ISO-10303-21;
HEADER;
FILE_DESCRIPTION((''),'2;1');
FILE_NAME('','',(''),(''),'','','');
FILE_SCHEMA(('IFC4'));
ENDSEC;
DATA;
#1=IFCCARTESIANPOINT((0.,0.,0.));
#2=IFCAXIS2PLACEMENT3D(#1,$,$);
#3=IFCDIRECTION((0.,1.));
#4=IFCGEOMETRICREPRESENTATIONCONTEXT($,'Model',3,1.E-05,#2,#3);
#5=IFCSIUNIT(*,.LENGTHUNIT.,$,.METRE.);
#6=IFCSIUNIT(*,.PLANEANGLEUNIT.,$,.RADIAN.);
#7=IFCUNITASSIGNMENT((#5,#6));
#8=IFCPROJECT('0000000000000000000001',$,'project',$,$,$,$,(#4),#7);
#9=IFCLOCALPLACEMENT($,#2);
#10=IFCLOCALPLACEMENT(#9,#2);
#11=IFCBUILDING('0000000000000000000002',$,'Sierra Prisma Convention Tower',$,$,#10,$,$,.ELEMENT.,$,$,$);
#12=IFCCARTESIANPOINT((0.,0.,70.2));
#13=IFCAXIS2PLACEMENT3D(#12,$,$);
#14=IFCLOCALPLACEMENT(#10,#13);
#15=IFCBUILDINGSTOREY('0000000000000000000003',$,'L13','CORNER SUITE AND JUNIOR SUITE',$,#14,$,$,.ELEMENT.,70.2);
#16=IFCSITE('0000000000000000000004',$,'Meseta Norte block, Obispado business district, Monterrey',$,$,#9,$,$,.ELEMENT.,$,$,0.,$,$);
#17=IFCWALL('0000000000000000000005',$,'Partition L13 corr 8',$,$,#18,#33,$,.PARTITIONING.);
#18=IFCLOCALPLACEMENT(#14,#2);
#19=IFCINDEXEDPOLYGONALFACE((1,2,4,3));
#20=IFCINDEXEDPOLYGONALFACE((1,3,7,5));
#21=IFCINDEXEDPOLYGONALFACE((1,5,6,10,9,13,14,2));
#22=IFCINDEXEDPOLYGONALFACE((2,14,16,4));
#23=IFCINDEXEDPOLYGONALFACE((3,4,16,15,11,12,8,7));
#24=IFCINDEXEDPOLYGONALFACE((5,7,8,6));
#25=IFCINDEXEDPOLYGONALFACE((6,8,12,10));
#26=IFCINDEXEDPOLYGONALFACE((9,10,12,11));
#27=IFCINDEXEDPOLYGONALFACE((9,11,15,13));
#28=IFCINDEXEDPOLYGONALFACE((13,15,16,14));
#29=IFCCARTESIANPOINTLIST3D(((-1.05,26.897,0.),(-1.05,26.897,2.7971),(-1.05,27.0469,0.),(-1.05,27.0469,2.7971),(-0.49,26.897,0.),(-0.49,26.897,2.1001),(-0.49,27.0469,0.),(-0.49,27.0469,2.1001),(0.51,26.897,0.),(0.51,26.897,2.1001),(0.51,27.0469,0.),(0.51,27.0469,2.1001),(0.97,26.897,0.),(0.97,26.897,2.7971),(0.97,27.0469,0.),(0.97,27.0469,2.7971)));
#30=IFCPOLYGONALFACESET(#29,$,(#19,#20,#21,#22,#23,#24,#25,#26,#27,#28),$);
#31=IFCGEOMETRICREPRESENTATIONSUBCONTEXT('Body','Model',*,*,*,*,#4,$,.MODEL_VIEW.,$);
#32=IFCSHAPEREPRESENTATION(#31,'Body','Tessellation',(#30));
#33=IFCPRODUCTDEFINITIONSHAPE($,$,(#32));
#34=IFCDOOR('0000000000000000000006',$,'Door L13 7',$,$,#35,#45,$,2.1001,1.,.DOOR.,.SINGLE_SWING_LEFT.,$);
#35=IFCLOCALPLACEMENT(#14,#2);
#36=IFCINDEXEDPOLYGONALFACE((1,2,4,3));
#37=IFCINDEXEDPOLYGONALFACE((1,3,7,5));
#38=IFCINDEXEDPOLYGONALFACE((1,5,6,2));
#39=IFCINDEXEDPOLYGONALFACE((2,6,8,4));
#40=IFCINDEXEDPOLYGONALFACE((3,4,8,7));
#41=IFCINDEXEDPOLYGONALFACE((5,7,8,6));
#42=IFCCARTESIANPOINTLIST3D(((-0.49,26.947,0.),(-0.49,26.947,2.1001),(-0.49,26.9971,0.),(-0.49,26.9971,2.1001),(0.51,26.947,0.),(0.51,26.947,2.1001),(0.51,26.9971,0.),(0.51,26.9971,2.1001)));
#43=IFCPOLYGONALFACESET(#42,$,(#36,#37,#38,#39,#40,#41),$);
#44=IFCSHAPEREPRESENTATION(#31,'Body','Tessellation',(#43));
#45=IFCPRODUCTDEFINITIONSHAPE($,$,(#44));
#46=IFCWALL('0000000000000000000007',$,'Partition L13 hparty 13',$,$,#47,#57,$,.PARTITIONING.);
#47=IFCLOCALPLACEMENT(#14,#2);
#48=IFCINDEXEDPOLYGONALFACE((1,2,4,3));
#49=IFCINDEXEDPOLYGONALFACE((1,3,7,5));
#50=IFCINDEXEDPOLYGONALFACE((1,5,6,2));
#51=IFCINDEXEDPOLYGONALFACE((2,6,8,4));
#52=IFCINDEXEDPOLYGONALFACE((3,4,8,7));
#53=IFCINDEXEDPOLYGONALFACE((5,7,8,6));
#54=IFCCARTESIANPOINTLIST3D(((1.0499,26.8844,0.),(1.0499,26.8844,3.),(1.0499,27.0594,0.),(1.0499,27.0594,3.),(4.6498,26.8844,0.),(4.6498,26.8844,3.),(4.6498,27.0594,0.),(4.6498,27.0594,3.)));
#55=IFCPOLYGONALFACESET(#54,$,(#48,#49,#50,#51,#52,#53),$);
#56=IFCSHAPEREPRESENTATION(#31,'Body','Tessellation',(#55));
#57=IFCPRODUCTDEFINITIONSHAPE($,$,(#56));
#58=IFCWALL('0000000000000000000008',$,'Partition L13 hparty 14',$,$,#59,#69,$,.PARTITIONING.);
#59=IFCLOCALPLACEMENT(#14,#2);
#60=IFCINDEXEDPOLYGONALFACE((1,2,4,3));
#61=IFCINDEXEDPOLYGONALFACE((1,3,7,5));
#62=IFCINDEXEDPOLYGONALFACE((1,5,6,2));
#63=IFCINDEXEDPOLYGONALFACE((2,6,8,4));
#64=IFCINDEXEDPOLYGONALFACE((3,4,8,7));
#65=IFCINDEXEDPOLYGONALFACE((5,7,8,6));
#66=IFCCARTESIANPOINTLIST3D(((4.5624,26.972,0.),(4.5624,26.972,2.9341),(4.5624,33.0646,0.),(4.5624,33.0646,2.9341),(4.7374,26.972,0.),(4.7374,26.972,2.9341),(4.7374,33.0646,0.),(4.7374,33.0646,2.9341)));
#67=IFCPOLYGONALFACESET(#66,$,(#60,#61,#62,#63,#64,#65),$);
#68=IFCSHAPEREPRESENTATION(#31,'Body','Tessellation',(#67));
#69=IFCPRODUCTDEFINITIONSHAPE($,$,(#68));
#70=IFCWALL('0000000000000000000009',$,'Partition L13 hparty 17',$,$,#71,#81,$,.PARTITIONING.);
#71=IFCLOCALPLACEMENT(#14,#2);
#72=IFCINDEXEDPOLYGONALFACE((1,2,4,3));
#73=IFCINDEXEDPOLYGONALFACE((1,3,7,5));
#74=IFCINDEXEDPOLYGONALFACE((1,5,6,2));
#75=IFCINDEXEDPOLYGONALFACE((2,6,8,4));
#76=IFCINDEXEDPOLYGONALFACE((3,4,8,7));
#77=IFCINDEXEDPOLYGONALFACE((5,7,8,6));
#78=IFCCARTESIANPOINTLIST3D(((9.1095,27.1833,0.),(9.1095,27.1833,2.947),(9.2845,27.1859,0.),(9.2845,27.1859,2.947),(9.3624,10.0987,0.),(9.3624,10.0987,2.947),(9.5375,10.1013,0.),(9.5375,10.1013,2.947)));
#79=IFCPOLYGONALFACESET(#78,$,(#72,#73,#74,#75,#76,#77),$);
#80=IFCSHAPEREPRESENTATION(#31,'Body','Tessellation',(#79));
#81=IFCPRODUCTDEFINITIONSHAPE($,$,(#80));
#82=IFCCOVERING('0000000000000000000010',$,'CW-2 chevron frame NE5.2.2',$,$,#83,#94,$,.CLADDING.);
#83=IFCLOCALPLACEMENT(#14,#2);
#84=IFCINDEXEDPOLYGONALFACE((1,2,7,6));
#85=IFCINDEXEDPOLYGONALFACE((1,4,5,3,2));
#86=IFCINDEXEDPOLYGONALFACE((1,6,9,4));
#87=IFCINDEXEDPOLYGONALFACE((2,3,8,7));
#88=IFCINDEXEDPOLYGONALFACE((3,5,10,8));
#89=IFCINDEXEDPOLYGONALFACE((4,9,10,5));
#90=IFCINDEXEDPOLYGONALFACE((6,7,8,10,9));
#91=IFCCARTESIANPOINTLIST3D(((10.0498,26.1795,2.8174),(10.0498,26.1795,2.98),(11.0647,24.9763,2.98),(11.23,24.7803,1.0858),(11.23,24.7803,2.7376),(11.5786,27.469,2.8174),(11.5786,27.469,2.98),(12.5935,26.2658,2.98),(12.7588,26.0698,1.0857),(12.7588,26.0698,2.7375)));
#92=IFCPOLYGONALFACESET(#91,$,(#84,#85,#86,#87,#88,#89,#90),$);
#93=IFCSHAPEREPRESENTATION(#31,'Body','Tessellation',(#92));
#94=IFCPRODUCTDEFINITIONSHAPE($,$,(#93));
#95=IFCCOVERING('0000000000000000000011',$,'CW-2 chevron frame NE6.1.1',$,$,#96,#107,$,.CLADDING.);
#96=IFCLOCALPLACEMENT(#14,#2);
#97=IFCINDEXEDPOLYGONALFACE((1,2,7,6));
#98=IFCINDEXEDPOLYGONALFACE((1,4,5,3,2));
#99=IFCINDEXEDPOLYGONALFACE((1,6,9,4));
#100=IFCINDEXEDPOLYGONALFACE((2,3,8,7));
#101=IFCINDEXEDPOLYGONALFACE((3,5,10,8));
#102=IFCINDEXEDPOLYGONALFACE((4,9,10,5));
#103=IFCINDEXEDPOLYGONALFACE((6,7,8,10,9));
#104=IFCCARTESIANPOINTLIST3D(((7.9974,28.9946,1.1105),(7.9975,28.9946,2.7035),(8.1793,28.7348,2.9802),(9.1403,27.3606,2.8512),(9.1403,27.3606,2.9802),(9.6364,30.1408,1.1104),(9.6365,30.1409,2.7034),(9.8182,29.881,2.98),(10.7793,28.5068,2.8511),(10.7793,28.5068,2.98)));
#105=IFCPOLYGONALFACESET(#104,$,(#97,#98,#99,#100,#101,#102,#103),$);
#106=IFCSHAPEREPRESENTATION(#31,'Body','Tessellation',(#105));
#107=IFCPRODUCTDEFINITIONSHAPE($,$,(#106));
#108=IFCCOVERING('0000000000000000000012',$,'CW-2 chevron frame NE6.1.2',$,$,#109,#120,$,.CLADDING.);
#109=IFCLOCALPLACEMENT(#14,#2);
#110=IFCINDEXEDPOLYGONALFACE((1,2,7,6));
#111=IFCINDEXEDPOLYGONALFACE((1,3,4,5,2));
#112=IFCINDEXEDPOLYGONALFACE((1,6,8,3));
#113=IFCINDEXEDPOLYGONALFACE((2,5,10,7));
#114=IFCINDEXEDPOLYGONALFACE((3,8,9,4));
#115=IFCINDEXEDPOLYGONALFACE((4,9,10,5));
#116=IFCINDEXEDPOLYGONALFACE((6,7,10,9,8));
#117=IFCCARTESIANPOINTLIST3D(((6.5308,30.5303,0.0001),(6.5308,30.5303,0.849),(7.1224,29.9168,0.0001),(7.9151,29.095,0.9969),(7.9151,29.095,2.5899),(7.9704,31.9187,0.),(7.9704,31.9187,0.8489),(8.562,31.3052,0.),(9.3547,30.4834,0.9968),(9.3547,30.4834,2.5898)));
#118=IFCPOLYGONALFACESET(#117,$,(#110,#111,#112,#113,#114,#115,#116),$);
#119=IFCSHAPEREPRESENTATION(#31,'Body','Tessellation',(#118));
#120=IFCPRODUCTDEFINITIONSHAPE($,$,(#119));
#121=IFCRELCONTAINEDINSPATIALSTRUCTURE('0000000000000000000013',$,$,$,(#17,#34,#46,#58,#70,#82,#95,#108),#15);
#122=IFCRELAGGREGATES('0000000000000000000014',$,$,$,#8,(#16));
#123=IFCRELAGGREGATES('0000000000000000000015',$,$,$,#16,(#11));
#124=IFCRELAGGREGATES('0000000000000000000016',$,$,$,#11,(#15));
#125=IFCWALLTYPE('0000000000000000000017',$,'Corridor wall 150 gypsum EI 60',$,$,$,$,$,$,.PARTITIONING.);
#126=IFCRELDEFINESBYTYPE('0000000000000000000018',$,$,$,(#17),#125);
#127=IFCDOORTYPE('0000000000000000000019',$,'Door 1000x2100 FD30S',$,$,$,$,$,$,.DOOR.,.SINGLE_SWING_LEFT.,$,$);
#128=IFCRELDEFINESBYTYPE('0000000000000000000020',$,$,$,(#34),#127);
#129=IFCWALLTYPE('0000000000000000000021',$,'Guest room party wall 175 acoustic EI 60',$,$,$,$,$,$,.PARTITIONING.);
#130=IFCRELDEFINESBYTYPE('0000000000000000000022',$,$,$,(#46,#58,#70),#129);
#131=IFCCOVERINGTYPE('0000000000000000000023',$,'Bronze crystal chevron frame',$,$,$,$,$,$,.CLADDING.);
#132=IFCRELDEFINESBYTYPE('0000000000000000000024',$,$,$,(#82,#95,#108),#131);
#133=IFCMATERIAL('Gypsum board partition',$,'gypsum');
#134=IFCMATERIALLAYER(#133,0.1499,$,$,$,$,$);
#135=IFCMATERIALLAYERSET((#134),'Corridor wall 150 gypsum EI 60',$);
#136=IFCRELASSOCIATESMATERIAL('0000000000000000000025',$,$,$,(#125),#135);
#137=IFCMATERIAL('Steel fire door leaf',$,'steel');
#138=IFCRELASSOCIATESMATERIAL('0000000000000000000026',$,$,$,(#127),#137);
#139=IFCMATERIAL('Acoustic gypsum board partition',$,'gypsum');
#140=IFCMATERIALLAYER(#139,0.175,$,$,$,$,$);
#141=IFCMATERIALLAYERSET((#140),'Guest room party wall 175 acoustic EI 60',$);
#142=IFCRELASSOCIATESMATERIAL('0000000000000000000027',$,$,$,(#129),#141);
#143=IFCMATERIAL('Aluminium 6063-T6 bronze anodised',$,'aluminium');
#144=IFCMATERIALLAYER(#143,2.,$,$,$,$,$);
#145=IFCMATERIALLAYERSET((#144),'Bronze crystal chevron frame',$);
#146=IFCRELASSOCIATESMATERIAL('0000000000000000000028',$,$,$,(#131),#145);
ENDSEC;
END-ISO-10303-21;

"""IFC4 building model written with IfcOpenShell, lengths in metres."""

from ifc_helpers import new_model, si_unit, direction, frame, frame_2d, origin, place, context, subcontext, project, spatial, polyline, rectangle, outline, extrude, material, layer, layer_set, type_object, element, fill, save


model = new_model("IFC4")

# Units and contexts
model_context = context("Model", 3, precision=1e-05, world=origin(), true_north=direction((0.0, 1.0)))
body_context = subcontext(model_context, "Body", "Model", "MODEL_VIEW")
ifc_project = project(units=[si_unit("LENGTHUNIT", "METRE"), si_unit("PLANEANGLEUNIT", "RADIAN")], contexts=[model_context])

# Site, building, storey
site_placement = place(None, origin())
site = spatial("IfcSite", under=ifc_project, at=site_placement, Name="Meseta Norte block, Obispado business district, Monterrey", CompositionType="ELEMENT", RefElevation=0.0)
building_placement = place(site_placement, origin())
building = spatial("IfcBuilding", under=site, at=building_placement, Name="Sierra Prisma Convention Tower", CompositionType="ELEMENT")
storey_placement = place(building_placement, frame((0.0, 0.0, 70.2)))
storey = spatial("IfcBuildingStorey", under=building, at=storey_placement, Name="L13", Description="CORNER SUITE AND JUNIOR SUITE", CompositionType="ELEMENT", Elevation=70.2)

# Wall, opening, door
ifc_material_1 = material(Name="Gypsum board partition", Category="gypsum")
ifc_layer_1 = layer(ifc_material_1, 0.1499)
ifc_layer_set_1 = layer_set([ifc_layer_1], Name="Corridor wall 150 gypsum EI 60")
wall_type_1 = type_object("IfcWallType", Name="Corridor wall 150 gypsum EI 60", PredefinedType="PARTITIONING", material=ifc_layer_set_1)
wall_1_placement = place(storey_placement, frame((0.97, 26.9719, 0.0), z_axis=(0.0, 0.0, 1.0), x_axis=(-1.0, 0.0, 0.0)))
wall_1 = element("IfcWall", 1, at=wall_1_placement, inside=storey, type_object=wall_type_1, Name="Partition L13 corr 8", PredefinedType="PARTITIONING", context=body_context, shape_type="SweptSolid", body=[
    extrude(rectangle(XDim=2.02, YDim=0.1499, at=frame_2d((1.01, 0.0))), origin(), (0.0, 0.0, 1.0), 2.7971),
])
opening_placement = place(wall_1_placement, frame((0.46, 0.0, 0.0)))
opening = element("IfcOpeningElement", 2, at=opening_placement, cuts=wall_1, PredefinedType="OPENING", context=body_context, shape_type="SweptSolid", body=[
    extrude(rectangle(XDim=1.0, YDim=2.1001, at=frame_2d((0.5, 1.05))), frame((0.0, 0.075, 0.0), z_axis=(0.0, -1.0, 0.0), x_axis=(1.0, 0.0, 0.0)), (0.0, 0.0, 1.0), 0.1499),
])
ifc_material_2 = material(Name="Steel fire door leaf", Category="steel")
door_type = type_object("IfcDoorType", Name="Door 1000x2100 FD30S", OperationType="SINGLE_SWING_LEFT", PredefinedType="DOOR", material=ifc_material_2)
door_placement = place(opening_placement, origin())
door = element("IfcDoor", 3, at=door_placement, inside=storey, type_object=door_type, Name="Door L13 7", OperationType="SINGLE_SWING_LEFT", OverallHeight=2.1001, OverallWidth=1.0, PredefinedType="DOOR", context=body_context, shape_type="SweptSolid", body=[
    extrude(rectangle(XDim=1.0, YDim=2.1001, at=frame_2d((0.5, 1.05))), frame((0.0, 0.0249, 0.0), z_axis=(0.0, -1.0, 0.0), x_axis=(1.0, 0.0, 0.0)), (0.0, 0.0, 1.0), 0.05),
])
fill(opening, door)

# Walls
ifc_material_3 = material(Name="Acoustic gypsum board partition", Category="gypsum")
ifc_layer_2 = layer(ifc_material_3, 0.175)
ifc_layer_set_2 = layer_set([ifc_layer_2], Name="Guest room party wall 175 acoustic EI 60")
wall_type_2 = type_object("IfcWallType", Name="Guest room party wall 175 acoustic EI 60", PredefinedType="PARTITIONING", material=ifc_layer_set_2)
wall_2_placement = place(storey_placement, frame((1.05, 26.9719, 0.0), z_axis=(0.0, 0.0, 1.0), x_axis=(1.0, 0.0, 0.0)))
element("IfcWall", 4, at=wall_2_placement, inside=storey, type_object=wall_type_2, Name="Partition L13 hparty 13", PredefinedType="PARTITIONING", context=body_context, shape_type="SweptSolid", body=[
    extrude(rectangle(XDim=3.5999, YDim=0.175, at=frame_2d((1.7998, 0.0))), origin(), (0.0, 0.0, 1.0), 3.0),
])
wall_3_placement = place(storey_placement, frame((4.6499, 26.9719, 0.0), z_axis=(0.0, 0.0, 1.0), x_axis=(0.0, 1.0, 0.0)))
element("IfcWall", 5, at=wall_3_placement, inside=storey, type_object=wall_type_2, Name="Partition L13 hparty 14", PredefinedType="PARTITIONING", context=body_context, shape_type="SweptSolid", body=[
    extrude(rectangle(XDim=6.0925, YDim=0.175, at=frame_2d((3.0464, 0.0))), origin(), (0.0, 0.0, 1.0), 2.9341),
])
wall_4_placement = place(storey_placement, frame((9.197, 27.1846, 0.0), z_axis=(0.0, 0.0, 1.0), x_axis=(0.014803, -0.99989, 0.0)))
element("IfcWall", 6, at=wall_4_placement, inside=storey, type_object=wall_type_2, Name="Partition L13 hparty 17", PredefinedType="PARTITIONING", context=body_context, shape_type="SweptSolid", body=[
    extrude(rectangle(XDim=17.0864, YDim=0.175, at=frame_2d((8.5432, 0.0))), origin(), (0.0, 0.0, 1.0), 2.947),
])

# Coverings
ifc_material_4 = material(Name="Aluminium 6063-T6 bronze anodised", Category="aluminium")
ifc_layer_3 = layer(ifc_material_4, 2.0)
ifc_layer_set_3 = layer_set([ifc_layer_3], Name="Bronze crystal chevron frame")
covering_type = type_object("IfcCoveringType", Name="Bronze crystal chevron frame", PredefinedType="CLADDING", material=ifc_layer_set_3)
covering_1_placement = place(storey_placement, frame((11.5786, 27.469, 2.98), z_axis=(0.76439, 0.644755, -0.000029), x_axis=(0.644755, -0.76439, 0.0)))
element("IfcCovering", 7, at=covering_1_placement, inside=storey, type_object=covering_type, Name="CW-2 chevron frame NE5.2.2", PredefinedType="CLADDING", context=body_context, shape_type="SweptSolid", body=[
    extrude(outline(polyline([(0.0, 0.0), (1.574, 0.0), (1.8304, 0.2424), (1.8304, 1.8943), (0.0, 0.1626), (0.0, 0.0)])), origin(), (0.0, 0.0, -1.0), 2.0),
])
covering_2_placement = place(storey_placement, frame((10.7793, 28.5068, 2.98), z_axis=(0.819475, 0.573115, -0.000087), x_axis=(-0.000071, -0.00005, -1.0)))
element("IfcCovering", 8, at=covering_2_placement, inside=storey, type_object=covering_type, Name="CW-2 chevron frame NE6.1.1", PredefinedType="CLADDING", context=body_context, shape_type="SweptSolid", body=[
    extrude(outline(polyline([(0.0, 0.0), (0.1289, 0.0), (1.8696, 1.994), (0.2766, 1.994), (0.0, 1.6769), (0.0, 0.0)])), origin(), (0.0, 0.0, -1.0), 2.0),
])
covering_3_placement = place(storey_placement, frame((9.3547, 30.4834, 2.5898), z_axis=(0.719799, 0.694182, -0.000041), x_axis=(-0.000029, -0.000028, -1.0)))
element("IfcCovering", 9, at=covering_3_placement, inside=storey, type_object=covering_type, Name="CW-2 chevron frame NE6.1.2", PredefinedType="CLADDING", context=body_context, shape_type="SweptSolid", body=[
    extrude(outline(polyline([(0.0, 0.0), (1.593, 0.0), (2.5898, 1.1418), (2.5898, 1.9941), (1.741, 1.9941), (0.0, 0.0)])), origin(), (0.0, 0.0, -1.0), 2.0),
])

save(model, "model.ifc")
